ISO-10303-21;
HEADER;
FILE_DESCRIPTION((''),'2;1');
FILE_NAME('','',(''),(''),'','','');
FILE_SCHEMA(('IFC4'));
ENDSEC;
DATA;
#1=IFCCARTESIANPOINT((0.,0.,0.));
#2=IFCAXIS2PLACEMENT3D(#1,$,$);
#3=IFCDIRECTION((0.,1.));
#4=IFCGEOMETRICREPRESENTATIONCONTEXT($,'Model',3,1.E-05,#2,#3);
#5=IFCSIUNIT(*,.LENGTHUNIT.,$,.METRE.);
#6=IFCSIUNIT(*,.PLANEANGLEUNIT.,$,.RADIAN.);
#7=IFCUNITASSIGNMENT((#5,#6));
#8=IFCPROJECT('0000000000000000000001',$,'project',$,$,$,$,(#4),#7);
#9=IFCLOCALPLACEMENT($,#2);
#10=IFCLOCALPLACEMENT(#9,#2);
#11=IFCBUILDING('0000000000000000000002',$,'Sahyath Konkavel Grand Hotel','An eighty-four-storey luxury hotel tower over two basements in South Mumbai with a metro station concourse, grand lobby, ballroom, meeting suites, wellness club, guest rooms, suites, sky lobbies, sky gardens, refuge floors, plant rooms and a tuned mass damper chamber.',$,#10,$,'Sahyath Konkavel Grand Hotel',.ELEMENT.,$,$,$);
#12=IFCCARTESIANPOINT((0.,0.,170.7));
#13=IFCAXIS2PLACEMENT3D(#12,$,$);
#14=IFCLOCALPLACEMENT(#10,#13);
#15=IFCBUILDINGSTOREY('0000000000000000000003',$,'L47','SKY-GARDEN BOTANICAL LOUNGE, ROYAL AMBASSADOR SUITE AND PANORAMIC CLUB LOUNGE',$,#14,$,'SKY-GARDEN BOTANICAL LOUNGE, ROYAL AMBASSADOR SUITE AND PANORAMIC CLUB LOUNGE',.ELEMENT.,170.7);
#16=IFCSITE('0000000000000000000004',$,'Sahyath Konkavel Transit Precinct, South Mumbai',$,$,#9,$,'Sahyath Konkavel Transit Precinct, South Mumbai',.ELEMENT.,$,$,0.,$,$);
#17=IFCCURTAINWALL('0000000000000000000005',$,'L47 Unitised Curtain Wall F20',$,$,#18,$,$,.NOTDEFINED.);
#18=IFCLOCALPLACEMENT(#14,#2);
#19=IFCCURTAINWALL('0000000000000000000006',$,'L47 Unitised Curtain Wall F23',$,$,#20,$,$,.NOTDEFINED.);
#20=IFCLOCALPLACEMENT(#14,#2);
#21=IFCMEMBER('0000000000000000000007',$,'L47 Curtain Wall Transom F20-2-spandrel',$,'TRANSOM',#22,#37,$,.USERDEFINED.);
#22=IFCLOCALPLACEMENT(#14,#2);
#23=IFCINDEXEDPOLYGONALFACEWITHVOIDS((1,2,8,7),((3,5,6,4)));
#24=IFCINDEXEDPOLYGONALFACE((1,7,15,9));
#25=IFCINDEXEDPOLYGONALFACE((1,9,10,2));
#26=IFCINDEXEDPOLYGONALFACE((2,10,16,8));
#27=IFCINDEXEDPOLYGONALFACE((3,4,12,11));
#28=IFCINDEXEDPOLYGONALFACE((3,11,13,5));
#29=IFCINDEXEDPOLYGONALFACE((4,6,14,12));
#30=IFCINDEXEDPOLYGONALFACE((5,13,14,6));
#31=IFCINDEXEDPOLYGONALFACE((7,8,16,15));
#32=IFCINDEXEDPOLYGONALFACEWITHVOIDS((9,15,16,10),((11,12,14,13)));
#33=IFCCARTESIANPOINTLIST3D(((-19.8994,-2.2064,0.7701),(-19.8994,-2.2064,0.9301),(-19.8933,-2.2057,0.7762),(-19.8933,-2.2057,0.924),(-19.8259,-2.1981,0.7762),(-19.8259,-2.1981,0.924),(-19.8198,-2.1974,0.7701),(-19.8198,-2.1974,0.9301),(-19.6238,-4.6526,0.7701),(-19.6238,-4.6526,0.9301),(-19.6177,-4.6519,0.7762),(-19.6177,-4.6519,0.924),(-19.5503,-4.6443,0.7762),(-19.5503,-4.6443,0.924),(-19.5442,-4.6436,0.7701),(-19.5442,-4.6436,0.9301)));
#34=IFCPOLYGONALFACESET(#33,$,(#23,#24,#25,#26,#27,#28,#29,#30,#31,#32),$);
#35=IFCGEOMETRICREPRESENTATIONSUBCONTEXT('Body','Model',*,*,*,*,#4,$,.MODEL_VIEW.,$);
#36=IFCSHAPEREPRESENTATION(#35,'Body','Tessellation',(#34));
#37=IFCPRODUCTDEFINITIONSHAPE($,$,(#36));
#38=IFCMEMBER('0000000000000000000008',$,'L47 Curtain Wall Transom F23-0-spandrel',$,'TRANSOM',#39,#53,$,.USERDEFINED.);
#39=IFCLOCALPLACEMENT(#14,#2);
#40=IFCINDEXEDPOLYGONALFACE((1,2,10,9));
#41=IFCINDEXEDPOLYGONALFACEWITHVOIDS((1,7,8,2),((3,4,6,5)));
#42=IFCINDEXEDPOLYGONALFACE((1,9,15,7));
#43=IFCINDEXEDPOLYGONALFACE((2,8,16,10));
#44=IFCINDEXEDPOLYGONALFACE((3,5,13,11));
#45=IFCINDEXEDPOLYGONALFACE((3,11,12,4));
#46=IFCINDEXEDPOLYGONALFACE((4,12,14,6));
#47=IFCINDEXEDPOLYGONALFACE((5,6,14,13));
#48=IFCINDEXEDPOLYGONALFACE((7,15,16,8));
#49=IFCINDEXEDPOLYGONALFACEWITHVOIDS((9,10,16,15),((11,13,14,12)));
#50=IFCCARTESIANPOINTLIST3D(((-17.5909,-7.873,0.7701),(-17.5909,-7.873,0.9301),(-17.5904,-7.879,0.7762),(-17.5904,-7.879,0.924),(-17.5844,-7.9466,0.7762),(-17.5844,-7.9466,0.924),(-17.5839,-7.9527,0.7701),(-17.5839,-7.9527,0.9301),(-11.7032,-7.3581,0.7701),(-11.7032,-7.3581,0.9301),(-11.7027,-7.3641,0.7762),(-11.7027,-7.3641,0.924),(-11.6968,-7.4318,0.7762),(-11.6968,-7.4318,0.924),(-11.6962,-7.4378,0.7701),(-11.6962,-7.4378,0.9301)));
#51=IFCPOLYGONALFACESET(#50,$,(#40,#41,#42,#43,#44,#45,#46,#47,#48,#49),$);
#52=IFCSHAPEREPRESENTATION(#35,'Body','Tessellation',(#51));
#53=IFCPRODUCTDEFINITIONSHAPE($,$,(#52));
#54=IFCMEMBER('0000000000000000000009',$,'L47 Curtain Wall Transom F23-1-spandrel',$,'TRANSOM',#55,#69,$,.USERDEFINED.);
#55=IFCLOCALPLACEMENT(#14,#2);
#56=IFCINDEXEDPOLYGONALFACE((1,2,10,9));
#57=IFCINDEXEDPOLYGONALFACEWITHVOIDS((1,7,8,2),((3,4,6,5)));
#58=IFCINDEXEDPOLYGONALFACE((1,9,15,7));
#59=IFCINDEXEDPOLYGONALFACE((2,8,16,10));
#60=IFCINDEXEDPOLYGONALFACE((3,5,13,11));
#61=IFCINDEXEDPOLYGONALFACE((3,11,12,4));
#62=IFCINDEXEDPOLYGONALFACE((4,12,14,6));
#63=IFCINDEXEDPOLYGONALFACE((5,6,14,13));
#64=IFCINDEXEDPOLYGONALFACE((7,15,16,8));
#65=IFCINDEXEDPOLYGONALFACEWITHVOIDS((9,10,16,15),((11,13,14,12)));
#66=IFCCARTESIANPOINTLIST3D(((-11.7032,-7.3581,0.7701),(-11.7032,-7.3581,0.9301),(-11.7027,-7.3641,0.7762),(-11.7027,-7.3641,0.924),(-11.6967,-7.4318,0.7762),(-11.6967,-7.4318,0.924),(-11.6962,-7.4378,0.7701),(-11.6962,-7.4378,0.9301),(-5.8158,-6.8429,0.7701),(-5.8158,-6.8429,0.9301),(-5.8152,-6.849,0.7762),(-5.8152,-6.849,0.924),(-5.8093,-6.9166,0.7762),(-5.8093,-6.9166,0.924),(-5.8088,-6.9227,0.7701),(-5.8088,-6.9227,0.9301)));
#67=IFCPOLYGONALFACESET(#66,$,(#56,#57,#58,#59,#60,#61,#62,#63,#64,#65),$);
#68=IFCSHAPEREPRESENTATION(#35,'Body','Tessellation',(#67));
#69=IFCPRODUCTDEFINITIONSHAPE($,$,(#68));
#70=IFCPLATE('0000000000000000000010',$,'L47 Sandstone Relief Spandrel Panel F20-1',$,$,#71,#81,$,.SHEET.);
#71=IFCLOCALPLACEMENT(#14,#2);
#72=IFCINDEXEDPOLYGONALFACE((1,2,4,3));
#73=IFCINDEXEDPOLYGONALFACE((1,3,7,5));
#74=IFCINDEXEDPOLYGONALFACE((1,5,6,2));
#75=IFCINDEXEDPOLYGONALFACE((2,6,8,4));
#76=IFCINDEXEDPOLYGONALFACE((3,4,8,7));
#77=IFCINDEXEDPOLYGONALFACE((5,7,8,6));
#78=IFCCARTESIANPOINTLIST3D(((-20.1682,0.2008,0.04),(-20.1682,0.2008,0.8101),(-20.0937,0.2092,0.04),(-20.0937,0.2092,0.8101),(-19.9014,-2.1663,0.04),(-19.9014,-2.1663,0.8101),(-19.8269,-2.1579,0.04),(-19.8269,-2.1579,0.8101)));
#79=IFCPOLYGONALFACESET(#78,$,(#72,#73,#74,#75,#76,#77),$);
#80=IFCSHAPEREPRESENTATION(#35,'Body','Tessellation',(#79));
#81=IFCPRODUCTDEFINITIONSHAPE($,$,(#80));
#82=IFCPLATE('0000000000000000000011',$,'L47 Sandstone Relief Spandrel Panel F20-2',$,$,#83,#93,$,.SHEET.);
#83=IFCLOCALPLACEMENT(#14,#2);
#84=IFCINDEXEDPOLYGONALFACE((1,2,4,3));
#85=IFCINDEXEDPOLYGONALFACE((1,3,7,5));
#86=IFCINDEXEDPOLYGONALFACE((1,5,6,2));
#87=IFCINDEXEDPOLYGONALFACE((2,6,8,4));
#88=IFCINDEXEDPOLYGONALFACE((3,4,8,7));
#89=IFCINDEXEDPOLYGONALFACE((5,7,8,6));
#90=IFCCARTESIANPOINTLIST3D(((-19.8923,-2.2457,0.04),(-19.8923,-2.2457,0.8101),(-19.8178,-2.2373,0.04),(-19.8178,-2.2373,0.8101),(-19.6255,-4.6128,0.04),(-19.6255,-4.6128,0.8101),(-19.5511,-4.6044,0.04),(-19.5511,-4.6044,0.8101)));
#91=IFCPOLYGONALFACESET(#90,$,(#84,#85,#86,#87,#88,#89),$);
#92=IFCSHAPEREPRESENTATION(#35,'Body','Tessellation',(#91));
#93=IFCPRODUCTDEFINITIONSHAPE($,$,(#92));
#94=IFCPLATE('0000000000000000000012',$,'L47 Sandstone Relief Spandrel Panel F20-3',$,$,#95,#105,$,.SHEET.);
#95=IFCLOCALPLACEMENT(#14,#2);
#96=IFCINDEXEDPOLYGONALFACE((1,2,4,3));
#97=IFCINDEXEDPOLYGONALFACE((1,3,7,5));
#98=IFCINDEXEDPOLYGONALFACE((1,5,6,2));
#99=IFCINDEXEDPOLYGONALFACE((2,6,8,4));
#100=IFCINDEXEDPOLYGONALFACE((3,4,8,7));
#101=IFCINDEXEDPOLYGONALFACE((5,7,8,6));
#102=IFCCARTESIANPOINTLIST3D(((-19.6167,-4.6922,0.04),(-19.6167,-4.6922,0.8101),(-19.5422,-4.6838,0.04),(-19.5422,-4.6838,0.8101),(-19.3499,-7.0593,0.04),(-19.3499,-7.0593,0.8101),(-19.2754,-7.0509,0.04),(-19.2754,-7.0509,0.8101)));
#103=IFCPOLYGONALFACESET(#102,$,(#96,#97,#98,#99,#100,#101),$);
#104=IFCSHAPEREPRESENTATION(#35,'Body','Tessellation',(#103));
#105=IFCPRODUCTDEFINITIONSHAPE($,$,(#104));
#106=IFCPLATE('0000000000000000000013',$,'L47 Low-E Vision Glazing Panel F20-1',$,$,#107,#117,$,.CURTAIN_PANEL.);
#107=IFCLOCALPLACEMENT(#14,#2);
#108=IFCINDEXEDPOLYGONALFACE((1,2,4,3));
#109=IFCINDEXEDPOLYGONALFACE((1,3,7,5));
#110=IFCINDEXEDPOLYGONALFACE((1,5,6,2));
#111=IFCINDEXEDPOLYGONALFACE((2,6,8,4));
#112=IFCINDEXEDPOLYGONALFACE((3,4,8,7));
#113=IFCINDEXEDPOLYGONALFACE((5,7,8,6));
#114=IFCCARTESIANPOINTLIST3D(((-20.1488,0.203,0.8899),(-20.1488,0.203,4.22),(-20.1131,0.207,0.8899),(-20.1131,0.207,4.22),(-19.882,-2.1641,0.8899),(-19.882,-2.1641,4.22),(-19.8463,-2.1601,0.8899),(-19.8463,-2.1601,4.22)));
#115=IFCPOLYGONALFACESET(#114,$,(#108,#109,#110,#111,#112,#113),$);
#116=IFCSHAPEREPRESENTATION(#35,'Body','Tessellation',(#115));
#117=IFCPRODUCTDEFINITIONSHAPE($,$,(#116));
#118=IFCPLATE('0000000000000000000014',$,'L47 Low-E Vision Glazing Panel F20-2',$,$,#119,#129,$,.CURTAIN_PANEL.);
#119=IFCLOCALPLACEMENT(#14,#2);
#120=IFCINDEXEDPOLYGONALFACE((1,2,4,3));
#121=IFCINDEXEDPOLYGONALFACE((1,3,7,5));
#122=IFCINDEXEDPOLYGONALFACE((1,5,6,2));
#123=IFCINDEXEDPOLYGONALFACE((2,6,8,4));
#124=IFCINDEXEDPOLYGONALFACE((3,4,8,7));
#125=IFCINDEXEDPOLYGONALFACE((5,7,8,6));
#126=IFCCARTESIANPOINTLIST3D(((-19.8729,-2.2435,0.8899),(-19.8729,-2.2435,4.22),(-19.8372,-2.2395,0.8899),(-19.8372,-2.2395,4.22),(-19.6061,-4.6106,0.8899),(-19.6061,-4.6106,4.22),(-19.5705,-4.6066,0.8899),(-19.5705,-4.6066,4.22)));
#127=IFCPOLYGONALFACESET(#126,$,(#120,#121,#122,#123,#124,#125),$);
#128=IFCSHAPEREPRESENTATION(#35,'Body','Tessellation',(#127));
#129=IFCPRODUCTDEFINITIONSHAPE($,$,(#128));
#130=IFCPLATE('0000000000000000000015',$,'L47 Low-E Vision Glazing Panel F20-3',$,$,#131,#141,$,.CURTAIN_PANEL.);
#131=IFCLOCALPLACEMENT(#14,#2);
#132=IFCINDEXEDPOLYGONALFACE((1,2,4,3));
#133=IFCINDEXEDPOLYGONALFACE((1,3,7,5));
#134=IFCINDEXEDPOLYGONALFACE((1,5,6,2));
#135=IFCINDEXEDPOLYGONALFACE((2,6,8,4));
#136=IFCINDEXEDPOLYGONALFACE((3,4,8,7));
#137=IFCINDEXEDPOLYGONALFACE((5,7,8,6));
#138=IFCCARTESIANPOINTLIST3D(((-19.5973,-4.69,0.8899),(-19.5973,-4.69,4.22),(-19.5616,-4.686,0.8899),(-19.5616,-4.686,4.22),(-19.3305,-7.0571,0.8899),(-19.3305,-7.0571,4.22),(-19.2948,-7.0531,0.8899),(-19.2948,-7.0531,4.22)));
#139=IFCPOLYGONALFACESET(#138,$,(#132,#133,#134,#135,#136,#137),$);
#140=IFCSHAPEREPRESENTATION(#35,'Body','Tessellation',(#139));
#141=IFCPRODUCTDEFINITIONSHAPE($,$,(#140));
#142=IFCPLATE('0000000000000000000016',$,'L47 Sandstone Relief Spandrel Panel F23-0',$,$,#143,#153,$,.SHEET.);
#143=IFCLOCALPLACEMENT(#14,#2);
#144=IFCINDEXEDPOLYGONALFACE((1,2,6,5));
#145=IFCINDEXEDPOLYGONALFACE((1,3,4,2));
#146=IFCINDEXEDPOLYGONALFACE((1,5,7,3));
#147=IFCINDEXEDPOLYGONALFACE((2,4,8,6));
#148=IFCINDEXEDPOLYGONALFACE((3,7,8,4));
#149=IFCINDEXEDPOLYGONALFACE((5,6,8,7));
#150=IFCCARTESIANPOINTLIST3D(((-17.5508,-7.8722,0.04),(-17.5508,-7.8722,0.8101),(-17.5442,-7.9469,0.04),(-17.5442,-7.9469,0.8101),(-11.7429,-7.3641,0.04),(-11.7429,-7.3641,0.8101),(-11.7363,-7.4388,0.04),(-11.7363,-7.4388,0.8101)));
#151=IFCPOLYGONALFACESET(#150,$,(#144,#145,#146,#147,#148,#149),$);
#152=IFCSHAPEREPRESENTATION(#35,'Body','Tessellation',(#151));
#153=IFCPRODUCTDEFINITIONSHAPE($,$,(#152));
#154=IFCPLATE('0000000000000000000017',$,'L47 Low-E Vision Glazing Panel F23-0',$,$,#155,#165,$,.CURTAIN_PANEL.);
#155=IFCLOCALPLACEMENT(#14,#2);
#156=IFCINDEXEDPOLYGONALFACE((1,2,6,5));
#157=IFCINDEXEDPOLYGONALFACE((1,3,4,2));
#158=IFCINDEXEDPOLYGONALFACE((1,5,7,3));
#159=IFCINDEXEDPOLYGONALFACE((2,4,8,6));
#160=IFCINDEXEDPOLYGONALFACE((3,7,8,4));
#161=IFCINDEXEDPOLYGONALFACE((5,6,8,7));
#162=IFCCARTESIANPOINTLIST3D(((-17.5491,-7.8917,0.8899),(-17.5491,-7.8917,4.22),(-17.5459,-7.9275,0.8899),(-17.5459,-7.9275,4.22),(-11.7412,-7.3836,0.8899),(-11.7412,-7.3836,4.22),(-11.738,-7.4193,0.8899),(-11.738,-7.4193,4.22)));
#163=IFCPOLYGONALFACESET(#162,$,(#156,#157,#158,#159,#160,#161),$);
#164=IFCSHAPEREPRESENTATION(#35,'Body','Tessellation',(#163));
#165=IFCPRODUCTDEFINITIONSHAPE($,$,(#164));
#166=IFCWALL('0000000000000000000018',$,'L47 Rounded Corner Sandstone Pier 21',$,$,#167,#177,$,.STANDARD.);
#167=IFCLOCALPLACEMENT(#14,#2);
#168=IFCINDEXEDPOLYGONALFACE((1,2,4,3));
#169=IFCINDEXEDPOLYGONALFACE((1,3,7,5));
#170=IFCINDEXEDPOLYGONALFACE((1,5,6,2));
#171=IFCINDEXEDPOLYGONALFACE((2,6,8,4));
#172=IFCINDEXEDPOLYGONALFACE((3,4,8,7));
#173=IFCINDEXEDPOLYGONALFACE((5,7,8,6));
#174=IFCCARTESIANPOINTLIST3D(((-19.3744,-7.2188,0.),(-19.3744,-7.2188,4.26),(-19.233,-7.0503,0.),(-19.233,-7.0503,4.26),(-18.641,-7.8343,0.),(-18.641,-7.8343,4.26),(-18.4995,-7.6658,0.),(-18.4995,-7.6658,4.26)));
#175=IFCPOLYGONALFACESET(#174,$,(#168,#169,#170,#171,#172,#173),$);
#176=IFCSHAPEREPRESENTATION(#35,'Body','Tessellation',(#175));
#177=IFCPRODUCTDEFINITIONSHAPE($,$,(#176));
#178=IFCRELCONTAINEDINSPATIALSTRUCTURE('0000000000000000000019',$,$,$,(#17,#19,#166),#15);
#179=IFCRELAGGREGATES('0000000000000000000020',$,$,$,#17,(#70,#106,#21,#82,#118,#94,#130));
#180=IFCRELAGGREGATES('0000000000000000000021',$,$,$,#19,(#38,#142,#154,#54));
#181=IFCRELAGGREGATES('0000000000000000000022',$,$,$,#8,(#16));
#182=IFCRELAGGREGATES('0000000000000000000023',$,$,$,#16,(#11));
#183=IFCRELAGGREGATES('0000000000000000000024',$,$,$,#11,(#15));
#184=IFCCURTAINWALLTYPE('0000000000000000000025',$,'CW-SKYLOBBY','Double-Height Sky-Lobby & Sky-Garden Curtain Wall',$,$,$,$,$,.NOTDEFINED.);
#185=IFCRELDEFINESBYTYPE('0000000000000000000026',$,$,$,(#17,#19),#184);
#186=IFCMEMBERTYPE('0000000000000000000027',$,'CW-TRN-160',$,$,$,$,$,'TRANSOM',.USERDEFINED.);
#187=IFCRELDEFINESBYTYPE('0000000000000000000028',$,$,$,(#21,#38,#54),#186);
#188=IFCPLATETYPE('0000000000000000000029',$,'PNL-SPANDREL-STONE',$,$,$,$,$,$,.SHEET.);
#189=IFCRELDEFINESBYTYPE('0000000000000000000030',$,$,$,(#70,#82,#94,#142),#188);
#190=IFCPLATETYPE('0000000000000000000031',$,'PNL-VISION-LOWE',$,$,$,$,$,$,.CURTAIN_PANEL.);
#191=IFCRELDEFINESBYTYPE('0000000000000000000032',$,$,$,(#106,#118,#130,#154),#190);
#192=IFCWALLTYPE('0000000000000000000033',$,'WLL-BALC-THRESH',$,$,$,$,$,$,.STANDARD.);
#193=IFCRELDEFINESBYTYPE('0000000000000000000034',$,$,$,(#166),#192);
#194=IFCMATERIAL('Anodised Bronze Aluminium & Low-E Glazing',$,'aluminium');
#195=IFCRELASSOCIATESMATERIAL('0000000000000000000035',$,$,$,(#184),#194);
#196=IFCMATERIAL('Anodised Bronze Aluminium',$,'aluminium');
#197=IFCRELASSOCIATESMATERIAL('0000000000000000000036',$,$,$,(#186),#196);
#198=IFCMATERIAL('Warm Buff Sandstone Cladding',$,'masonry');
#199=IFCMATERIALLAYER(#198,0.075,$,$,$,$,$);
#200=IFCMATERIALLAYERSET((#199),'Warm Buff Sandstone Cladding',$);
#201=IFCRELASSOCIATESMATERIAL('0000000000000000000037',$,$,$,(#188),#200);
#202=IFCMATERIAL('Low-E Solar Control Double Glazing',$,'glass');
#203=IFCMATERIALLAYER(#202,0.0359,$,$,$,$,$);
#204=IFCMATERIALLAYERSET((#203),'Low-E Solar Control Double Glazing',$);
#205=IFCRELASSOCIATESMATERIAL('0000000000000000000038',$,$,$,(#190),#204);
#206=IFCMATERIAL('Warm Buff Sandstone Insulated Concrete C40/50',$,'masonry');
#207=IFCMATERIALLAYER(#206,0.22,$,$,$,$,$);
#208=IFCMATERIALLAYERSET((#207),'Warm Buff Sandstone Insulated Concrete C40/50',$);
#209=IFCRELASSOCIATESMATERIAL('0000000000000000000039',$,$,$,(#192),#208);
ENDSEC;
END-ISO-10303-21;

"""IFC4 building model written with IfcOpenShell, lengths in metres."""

from ifc_helpers import new_model, si_unit, direction, frame, frame_2d, origin, origin_2d, place, context, subcontext, project, spatial, rectangle, hollow_rectangle, extrude, source, transform, mapped, material, layer, layer_set, material_profile, profile_set, type_object, element, aggregate, save


model = new_model("IFC4")

# Units and contexts
model_context = context("Model", 3, precision=1e-05, world=origin(), true_north=direction((0.0, 1.0)))
body_context = subcontext(model_context, "Body", "Model", "MODEL_VIEW")
ifc_project = project(units=[si_unit("LENGTHUNIT", "METRE"), si_unit("PLANEANGLEUNIT", "RADIAN")], contexts=[model_context])

# Site, building, storey
site_placement = place(None, origin())
site = spatial("IfcSite", under=ifc_project, at=site_placement, Name="Sahyath Konkavel Transit Precinct, South Mumbai", LongName="Sahyath Konkavel Transit Precinct, South Mumbai", CompositionType="ELEMENT", RefElevation=0.0)
building_placement = place(site_placement, origin())
building = spatial("IfcBuilding", under=site, at=building_placement, Name="Sahyath Konkavel Grand Hotel", Description="An eighty-four-storey luxury hotel tower over two basements in South Mumbai with a metro station concourse, grand lobby, ballroom, meeting suites, wellness club, guest rooms, suites, sky lobbies, sky gardens, refuge floors, plant rooms and a tuned mass damper chamber.", LongName="Sahyath Konkavel Grand Hotel", CompositionType="ELEMENT")
storey_placement = place(building_placement, frame((0.0, 0.0, 170.7)))
storey = spatial("IfcBuildingStorey", under=building, at=storey_placement, Name="L47", Description="SKY-GARDEN BOTANICAL LOUNGE, ROYAL AMBASSADOR SUITE AND PANORAMIC CLUB LOUNGE", LongName="SKY-GARDEN BOTANICAL LOUNGE, ROYAL AMBASSADOR SUITE AND PANORAMIC CLUB LOUNGE", CompositionType="ELEMENT", Elevation=170.7)

# Curtain walls
ifc_material_1 = material(Name="Anodised Bronze Aluminium & Low-E Glazing", Category="aluminium")
curtain_wall_type = type_object("IfcCurtainWallType", Name="CW-SKYLOBBY", Description="Double-Height Sky-Lobby & Sky-Garden Curtain Wall", PredefinedType="NOTDEFINED", material=ifc_material_1)
curtain_wall_1_placement = place(storey_placement, origin())
curtain_wall_1 = element("IfcCurtainWall", 1, at=curtain_wall_1_placement, inside=storey, type_object=curtain_wall_type, Name="L47 Unitised Curtain Wall F20", PredefinedType="NOTDEFINED")
ifc_material_2 = material(Name="Anodised Bronze Aluminium", Category="aluminium")
curtain_wall_2_placement = place(storey_placement, origin())
curtain_wall_2 = element("IfcCurtainWall", 2, at=curtain_wall_2_placement, inside=storey, type_object=curtain_wall_type, Name="L47 Unitised Curtain Wall F23", PredefinedType="NOTDEFINED")

# Members
ifc_material_profile_1 = material_profile(ifc_material_2, hollow_rectangle(XDim=0.0801, YDim=0.1599, WallThickness=0.0061, at=origin_2d()), Name="RHS 160x80x6")
ifc_profile_set_1 = profile_set([ifc_material_profile_1], Name="Anodised Bronze Aluminium")
member_type_1 = type_object("IfcMemberType", Name="CW-TRN-160", ElementType="TRANSOM", PredefinedType="USERDEFINED", material=ifc_profile_set_1)
shared_shape_1 = source(origin(), body_context, "Body", "SweptSolid", [
    extrude(hollow_rectangle(XDim=0.0801, YDim=0.1599, WallThickness=0.0061, at=origin_2d()), origin(), (0.0, 0.0, 1.0), 2.4617),
])
member_1_placement = place(storey_placement, frame((-19.8596, -2.2019, 0.8501), z_axis=(0.111966, -0.993712, 0.0), x_axis=(0.993712, 0.111966, 0.0)))
member_1 = element("IfcMember", 3, at=member_1_placement, type_object=member_type_1, Name="L47 Curtain Wall Transom F20-2-spandrel", ObjectType="TRANSOM", PredefinedType="USERDEFINED", context=body_context, shape_type="MappedRepresentation", body=[
    mapped(shared_shape_1, transform((0.0, 0.0, 0.0), scale=1.0)),
])
shared_shape_2 = source(origin(), body_context, "Body", "SweptSolid", [
    extrude(hollow_rectangle(XDim=0.0801, YDim=0.1599, WallThickness=0.0061, at=origin_2d()), origin(), (0.0, 0.0, 1.0), 5.9102),
])
member_2_placement = place(storey_placement, frame((-17.5874, -7.9128, 0.8501), z_axis=(0.996198, 0.08712, 0.0), x_axis=(-0.08712, 0.996198, 0.0)))
member_2 = element("IfcMember", 4, at=member_2_placement, type_object=member_type_1, Name="L47 Curtain Wall Transom F23-0-spandrel", ObjectType="TRANSOM", PredefinedType="USERDEFINED", context=body_context, shape_type="MappedRepresentation", body=[
    mapped(shared_shape_2, transform((0.0, 0.0, 0.0), scale=1.0)),
])
shared_shape_3 = source(origin(), body_context, "Body", "SweptSolid", [
    extrude(hollow_rectangle(XDim=0.0801, YDim=0.1599, WallThickness=0.0061, at=origin_2d()), origin(), (0.0, 0.0, 1.0), 5.9099),
])
member_3_placement = place(storey_placement, frame((-11.6997, -7.3979, 0.8501), z_axis=(0.996194, 0.087164, 0.0), x_axis=(-0.087164, 0.996194, 0.0)))
member_3 = element("IfcMember", 5, at=member_3_placement, type_object=member_type_1, Name="L47 Curtain Wall Transom F23-1-spandrel", ObjectType="TRANSOM", PredefinedType="USERDEFINED", context=body_context, shape_type="MappedRepresentation", body=[
    mapped(shared_shape_3, transform((0.0, 0.0, 0.0), scale=1.0)),
])

# Plates
ifc_material_3 = material(Name="Warm Buff Sandstone Cladding", Category="masonry")
ifc_layer_1 = layer(ifc_material_3, 0.075)
ifc_layer_set_1 = layer_set([ifc_layer_1], Name="Warm Buff Sandstone Cladding")
plate_type_1 = type_object("IfcPlateType", Name="PNL-SPANDREL-STONE", PredefinedType="SHEET", material=ifc_layer_set_1)
shared_shape_4 = source(origin(), body_context, "Body", "SweptSolid", [
    extrude(rectangle(XDim=2.3821, YDim=0.075, at=origin_2d()), origin(), (0.0, 0.0, 1.0), 0.77),
])
plate_1_placement = place(storey_placement, frame((-19.9976, -0.9785, 0.04), z_axis=(0.0, 0.0, 1.0), x_axis=(0.111989, -0.993709, 0.0)))
plate_1 = element("IfcPlate", 6, at=plate_1_placement, type_object=plate_type_1, Name="L47 Sandstone Relief Spandrel Panel F20-1", PredefinedType="SHEET", context=body_context, shape_type="MappedRepresentation", body=[
    mapped(shared_shape_4, transform((0.0, 0.0, 0.0), scale=1.0)),
])
plate_2_placement = place(storey_placement, frame((-19.7217, -3.425, 0.04), z_axis=(0.0, 0.0, 1.0), x_axis=(0.111989, -0.993709, 0.0)))
plate_2 = element("IfcPlate", 7, at=plate_2_placement, type_object=plate_type_1, Name="L47 Sandstone Relief Spandrel Panel F20-2", PredefinedType="SHEET", context=body_context, shape_type="MappedRepresentation", body=[
    mapped(shared_shape_4, transform((0.0, 0.0, 0.0), scale=1.0)),
])
plate_3_placement = place(storey_placement, frame((-19.446, -5.8716, 0.04), z_axis=(0.0, 0.0, 1.0), x_axis=(0.111989, -0.993709, 0.0)))
plate_3 = element("IfcPlate", 8, at=plate_3_placement, type_object=plate_type_1, Name="L47 Sandstone Relief Spandrel Panel F20-3", PredefinedType="SHEET", context=body_context, shape_type="MappedRepresentation", body=[
    mapped(shared_shape_4, transform((0.0, 0.0, 0.0), scale=1.0)),
])
ifc_material_4 = material(Name="Low-E Solar Control Double Glazing", Category="glass")
ifc_layer_2 = layer(ifc_material_4, 0.0359)
ifc_layer_set_2 = layer_set([ifc_layer_2], Name="Low-E Solar Control Double Glazing")
plate_type_2 = type_object("IfcPlateType", Name="PNL-VISION-LOWE", PredefinedType="CURTAIN_PANEL", material=ifc_layer_set_2)
shared_shape_5 = source(origin(), body_context, "Body", "SweptSolid", [
    extrude(rectangle(XDim=2.3821, YDim=0.0359, at=origin_2d()), origin(), (0.0, 0.0, 1.0), 3.3301),
])
plate_4_placement = place(storey_placement, frame((-19.9976, -0.9785, 0.8899), z_axis=(0.0, 0.0, 1.0), x_axis=(0.111989, -0.993709, 0.0)))
plate_4 = element("IfcPlate", 9, at=plate_4_placement, type_object=plate_type_2, Name="L47 Low-E Vision Glazing Panel F20-1", PredefinedType="CURTAIN_PANEL", context=body_context, shape_type="MappedRepresentation", body=[
    mapped(shared_shape_5, transform((0.0, 0.0, 0.0), scale=1.0)),
])
plate_5_placement = place(storey_placement, frame((-19.7217, -3.425, 0.8899), z_axis=(0.0, 0.0, 1.0), x_axis=(0.111989, -0.993709, 0.0)))
plate_5 = element("IfcPlate", 10, at=plate_5_placement, type_object=plate_type_2, Name="L47 Low-E Vision Glazing Panel F20-2", PredefinedType="CURTAIN_PANEL", context=body_context, shape_type="MappedRepresentation", body=[
    mapped(shared_shape_5, transform((0.0, 0.0, 0.0), scale=1.0)),
])
plate_6_placement = place(storey_placement, frame((-19.446, -5.8716, 0.8899), z_axis=(0.0, 0.0, 1.0), x_axis=(0.111989, -0.993709, 0.0)))
plate_6 = element("IfcPlate", 11, at=plate_6_placement, type_object=plate_type_2, Name="L47 Low-E Vision Glazing Panel F20-3", PredefinedType="CURTAIN_PANEL", context=body_context, shape_type="MappedRepresentation", body=[
    mapped(shared_shape_5, transform((0.0, 0.0, 0.0), scale=1.0)),
])
aggregate(curtain_wall_1, [plate_1, plate_4, member_1, plate_2, plate_5, plate_3, plate_6])
shared_shape_6 = source(origin(), body_context, "Body", "SweptSolid", [
    extrude(rectangle(XDim=5.8301, YDim=0.075, at=origin_2d()), origin(), (0.0, 0.0, 1.0), 0.77),
])
plate_7_placement = place(storey_placement, frame((-14.6436, -7.6555, 0.04), z_axis=(0.0, 0.0, 1.0), x_axis=(0.996195, 0.087156, 0.0)))
plate_7 = element("IfcPlate", 12, at=plate_7_placement, type_object=plate_type_1, Name="L47 Sandstone Relief Spandrel Panel F23-0", PredefinedType="SHEET", context=body_context, shape_type="MappedRepresentation", body=[
    mapped(shared_shape_6, transform((0.0, 0.0, 0.0), scale=1.0)),
])
shared_shape_7 = source(origin(), body_context, "Body", "SweptSolid", [
    extrude(rectangle(XDim=5.8301, YDim=0.0359, at=origin_2d()), origin(), (0.0, 0.0, 1.0), 3.3301),
])
plate_8_placement = place(storey_placement, frame((-14.6436, -7.6555, 0.8899), z_axis=(0.0, 0.0, 1.0), x_axis=(0.996195, 0.087156, 0.0)))
plate_8 = element("IfcPlate", 13, at=plate_8_placement, type_object=plate_type_2, Name="L47 Low-E Vision Glazing Panel F23-0", PredefinedType="CURTAIN_PANEL", context=body_context, shape_type="MappedRepresentation", body=[
    mapped(shared_shape_7, transform((0.0, 0.0, 0.0), scale=1.0)),
])
aggregate(curtain_wall_2, [member_2, plate_7, plate_8, member_3])

# Wall
ifc_material_5 = material(Name="Warm Buff Sandstone Insulated Concrete C40/50", Category="masonry")
ifc_layer_3 = layer(ifc_material_5, 0.22)
ifc_layer_set_3 = layer_set([ifc_layer_3], Name="Warm Buff Sandstone Insulated Concrete C40/50")
wall_type = type_object("IfcWallType", Name="WLL-BALC-THRESH", PredefinedType="STANDARD", material=ifc_layer_set_3)
wall_1_placement = place(storey_placement, frame((-19.3037, -7.1345, 0.0), z_axis=(0.0, 0.0, 1.0), x_axis=(0.766001, -0.642839, 0.0)))
element("IfcWall", 14, at=wall_1_placement, inside=storey, type_object=wall_type, Name="L47 Rounded Corner Sandstone Pier 21", PredefinedType="STANDARD", context=body_context, shape_type="SweptSolid", body=[
    extrude(rectangle(XDim=0.9575, YDim=0.22, at=frame_2d((0.4788, 0.0))), origin(), (0.0, 0.0, 1.0), 4.26),
])

save(model, "model.ifc")
